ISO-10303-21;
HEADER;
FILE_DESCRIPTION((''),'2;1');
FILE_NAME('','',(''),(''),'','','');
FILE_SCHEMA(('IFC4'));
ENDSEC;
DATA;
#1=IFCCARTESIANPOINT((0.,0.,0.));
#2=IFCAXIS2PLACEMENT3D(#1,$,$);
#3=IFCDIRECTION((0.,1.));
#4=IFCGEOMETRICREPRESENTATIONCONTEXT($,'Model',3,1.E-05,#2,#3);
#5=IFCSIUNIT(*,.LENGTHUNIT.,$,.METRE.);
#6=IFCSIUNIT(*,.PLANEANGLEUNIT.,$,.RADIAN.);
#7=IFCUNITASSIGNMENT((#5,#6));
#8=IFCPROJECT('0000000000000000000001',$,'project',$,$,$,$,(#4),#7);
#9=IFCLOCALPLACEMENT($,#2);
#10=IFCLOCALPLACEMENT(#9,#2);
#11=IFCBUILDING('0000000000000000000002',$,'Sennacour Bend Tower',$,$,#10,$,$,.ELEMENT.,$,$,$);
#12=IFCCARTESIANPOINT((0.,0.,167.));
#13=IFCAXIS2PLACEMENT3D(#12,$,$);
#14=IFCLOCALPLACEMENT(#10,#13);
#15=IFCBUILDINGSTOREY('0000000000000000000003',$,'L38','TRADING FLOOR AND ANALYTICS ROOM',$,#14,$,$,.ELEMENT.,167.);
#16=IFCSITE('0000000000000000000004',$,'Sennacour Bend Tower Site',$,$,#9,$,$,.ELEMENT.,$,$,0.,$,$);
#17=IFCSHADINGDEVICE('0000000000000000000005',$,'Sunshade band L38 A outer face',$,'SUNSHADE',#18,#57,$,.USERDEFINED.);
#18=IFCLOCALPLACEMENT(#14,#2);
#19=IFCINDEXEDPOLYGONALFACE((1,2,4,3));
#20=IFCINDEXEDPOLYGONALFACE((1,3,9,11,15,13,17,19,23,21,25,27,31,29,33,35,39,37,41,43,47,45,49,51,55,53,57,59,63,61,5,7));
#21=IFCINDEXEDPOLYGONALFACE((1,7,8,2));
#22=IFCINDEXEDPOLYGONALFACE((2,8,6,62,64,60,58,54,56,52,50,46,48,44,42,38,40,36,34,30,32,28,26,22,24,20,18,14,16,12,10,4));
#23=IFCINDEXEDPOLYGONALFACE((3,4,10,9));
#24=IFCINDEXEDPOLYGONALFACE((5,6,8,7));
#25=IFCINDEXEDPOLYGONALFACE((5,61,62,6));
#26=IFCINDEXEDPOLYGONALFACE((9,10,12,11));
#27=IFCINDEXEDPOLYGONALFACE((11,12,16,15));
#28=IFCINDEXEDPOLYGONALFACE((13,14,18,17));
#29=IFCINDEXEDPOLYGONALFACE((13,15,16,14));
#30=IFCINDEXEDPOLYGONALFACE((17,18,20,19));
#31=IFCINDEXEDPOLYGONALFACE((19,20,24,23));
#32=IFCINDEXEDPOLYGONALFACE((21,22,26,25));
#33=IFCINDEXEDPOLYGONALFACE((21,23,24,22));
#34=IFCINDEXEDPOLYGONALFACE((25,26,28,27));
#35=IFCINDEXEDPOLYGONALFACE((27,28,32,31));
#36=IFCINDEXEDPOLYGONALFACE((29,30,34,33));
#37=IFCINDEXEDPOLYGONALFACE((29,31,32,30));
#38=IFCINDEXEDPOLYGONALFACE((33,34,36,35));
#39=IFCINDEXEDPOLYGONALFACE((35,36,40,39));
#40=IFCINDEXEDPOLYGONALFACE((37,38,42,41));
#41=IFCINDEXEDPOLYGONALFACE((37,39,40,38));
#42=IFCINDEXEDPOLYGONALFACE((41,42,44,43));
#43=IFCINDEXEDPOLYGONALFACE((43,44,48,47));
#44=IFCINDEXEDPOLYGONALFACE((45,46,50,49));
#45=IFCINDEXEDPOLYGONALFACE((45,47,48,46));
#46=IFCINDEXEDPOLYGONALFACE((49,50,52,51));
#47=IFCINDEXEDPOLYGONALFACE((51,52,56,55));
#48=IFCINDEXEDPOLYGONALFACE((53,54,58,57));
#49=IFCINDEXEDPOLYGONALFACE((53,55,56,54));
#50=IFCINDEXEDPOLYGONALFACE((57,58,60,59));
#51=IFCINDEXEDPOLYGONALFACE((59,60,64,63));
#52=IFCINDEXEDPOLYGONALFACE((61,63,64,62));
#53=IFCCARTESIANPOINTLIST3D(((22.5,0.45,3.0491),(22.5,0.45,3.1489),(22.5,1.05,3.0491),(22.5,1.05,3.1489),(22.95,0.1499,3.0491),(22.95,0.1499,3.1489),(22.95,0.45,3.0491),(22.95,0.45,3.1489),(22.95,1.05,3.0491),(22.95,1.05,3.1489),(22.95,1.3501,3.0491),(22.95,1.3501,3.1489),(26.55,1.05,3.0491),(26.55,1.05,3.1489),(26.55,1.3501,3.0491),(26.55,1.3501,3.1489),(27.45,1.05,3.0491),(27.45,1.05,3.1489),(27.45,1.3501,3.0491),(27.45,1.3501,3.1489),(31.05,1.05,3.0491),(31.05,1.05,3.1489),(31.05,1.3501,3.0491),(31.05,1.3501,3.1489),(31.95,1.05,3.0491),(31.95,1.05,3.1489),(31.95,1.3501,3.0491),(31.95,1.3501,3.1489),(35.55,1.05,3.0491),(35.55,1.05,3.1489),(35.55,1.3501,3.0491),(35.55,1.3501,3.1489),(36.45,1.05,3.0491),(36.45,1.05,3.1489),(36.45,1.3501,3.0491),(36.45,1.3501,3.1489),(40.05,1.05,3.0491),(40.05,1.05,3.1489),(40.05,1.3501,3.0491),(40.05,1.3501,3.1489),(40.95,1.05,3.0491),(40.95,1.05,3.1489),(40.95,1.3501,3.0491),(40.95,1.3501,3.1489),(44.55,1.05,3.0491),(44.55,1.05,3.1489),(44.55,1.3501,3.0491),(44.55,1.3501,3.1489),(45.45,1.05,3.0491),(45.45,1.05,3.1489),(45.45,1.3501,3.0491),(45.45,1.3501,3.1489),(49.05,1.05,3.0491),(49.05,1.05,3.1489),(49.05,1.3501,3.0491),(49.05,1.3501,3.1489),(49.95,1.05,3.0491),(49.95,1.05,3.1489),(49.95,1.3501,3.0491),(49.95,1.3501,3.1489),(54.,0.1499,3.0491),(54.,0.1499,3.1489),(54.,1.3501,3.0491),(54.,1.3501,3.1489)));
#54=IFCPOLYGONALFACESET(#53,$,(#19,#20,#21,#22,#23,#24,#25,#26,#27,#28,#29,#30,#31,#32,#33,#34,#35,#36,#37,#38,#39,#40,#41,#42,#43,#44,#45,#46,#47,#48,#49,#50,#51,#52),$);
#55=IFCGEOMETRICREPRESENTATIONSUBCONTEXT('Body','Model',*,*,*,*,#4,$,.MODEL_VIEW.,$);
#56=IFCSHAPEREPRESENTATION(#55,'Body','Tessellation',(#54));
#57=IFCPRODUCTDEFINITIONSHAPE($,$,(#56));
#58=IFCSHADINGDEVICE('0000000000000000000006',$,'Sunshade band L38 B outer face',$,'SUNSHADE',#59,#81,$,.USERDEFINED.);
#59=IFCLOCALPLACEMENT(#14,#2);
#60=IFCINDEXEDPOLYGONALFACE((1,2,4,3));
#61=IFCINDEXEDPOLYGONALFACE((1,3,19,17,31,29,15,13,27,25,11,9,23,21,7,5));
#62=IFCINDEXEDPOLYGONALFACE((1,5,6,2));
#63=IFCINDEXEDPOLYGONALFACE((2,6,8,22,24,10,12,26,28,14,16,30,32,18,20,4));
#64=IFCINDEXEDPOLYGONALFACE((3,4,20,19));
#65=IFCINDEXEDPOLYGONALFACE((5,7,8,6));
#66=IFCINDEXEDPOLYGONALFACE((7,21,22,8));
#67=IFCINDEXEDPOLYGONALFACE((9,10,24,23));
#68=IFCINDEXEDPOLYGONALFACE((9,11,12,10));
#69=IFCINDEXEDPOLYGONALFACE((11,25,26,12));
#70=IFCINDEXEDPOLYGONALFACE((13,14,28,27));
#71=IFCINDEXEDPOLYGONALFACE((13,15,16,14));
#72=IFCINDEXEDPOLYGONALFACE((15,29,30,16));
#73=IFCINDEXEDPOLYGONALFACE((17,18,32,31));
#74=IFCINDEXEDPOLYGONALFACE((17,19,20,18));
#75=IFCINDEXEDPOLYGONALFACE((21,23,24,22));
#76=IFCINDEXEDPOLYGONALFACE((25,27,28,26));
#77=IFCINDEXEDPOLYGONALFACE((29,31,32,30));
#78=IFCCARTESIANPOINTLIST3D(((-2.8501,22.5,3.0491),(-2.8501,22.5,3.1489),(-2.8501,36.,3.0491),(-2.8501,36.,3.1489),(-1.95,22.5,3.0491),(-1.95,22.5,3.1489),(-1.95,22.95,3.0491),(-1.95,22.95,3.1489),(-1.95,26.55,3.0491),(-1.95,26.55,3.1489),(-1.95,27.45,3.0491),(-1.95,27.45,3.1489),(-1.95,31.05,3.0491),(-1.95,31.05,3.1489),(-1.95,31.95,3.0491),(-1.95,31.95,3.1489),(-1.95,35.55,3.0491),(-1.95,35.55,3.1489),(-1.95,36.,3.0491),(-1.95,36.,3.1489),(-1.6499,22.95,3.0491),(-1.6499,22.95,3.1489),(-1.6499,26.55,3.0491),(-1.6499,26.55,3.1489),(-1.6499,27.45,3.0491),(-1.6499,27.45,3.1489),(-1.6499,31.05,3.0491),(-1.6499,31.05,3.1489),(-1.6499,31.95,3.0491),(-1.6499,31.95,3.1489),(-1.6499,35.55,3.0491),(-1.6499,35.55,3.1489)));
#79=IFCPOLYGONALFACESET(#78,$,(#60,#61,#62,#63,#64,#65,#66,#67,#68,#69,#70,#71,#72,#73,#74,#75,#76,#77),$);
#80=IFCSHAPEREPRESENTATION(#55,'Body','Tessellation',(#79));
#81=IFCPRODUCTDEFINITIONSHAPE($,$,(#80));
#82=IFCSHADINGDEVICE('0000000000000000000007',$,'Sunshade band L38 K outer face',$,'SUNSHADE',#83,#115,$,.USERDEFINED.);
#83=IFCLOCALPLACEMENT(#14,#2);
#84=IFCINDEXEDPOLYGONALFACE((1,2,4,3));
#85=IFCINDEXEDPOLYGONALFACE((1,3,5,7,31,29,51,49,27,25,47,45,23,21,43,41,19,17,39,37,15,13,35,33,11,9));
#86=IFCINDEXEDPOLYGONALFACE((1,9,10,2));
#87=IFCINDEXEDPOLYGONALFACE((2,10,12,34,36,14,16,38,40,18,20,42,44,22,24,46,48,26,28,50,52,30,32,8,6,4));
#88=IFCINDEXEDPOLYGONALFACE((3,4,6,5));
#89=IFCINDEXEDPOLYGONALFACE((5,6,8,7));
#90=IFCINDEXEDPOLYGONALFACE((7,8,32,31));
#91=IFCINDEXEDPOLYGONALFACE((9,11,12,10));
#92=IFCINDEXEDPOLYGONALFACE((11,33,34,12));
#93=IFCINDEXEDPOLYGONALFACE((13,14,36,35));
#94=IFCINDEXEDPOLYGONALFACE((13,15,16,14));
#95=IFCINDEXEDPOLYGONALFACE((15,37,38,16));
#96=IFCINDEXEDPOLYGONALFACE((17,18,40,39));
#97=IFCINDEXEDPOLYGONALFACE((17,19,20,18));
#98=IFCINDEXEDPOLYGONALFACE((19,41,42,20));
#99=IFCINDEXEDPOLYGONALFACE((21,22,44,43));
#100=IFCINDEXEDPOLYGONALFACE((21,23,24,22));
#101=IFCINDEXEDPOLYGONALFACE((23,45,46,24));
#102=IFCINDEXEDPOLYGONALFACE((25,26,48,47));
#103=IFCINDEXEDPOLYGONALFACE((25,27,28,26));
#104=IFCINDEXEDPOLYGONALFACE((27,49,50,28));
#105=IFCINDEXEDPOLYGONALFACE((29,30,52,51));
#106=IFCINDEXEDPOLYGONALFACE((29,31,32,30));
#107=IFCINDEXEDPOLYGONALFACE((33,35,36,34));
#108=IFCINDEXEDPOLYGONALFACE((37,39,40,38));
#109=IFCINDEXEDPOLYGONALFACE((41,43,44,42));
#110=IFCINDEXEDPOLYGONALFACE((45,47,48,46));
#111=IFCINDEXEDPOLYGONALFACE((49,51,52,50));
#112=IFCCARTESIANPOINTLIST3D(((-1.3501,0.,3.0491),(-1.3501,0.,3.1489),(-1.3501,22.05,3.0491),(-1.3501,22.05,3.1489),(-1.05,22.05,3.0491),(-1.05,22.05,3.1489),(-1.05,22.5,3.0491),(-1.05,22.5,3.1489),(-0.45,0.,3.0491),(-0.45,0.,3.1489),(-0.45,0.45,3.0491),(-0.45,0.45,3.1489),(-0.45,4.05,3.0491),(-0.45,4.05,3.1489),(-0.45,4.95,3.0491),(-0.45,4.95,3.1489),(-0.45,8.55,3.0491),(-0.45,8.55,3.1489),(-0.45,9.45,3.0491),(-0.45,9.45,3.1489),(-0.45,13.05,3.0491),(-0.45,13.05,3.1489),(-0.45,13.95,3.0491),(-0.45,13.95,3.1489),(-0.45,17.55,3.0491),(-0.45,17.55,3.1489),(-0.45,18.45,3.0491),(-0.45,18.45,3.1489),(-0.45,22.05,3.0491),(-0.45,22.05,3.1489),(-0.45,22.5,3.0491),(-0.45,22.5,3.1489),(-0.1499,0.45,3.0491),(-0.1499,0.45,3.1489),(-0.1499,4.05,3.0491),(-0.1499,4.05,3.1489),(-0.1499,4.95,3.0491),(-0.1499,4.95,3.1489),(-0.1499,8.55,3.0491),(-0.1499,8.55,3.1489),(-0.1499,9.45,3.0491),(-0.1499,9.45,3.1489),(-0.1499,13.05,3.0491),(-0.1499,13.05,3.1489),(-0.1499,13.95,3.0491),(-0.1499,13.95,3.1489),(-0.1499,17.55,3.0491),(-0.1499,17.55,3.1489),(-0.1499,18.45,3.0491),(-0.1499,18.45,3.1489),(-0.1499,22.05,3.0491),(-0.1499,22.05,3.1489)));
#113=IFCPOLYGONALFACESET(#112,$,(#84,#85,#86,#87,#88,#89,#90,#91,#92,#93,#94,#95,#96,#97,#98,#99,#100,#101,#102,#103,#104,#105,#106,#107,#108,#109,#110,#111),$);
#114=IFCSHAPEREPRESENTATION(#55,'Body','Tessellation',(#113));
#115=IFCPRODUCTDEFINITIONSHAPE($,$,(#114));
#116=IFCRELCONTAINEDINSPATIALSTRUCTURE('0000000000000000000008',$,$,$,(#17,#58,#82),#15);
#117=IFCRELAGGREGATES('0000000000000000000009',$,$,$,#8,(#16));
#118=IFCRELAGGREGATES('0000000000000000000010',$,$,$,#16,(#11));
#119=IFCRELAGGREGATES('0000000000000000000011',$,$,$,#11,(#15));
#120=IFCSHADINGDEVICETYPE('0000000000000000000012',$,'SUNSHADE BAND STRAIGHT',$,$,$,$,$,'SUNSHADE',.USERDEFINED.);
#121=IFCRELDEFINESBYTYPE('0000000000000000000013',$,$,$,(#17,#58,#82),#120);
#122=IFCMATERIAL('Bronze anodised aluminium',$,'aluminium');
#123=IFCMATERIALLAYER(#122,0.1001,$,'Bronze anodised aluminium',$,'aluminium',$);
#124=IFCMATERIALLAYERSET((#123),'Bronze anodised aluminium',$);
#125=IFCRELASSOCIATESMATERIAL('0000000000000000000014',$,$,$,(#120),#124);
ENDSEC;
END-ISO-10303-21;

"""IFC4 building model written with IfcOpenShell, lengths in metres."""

from ifc_helpers import new_model, si_unit, direction, frame, origin, place, context, subcontext, project, spatial, polyline, outline, extrude, material, layer, layer_set, type_object, element, save


model = new_model("IFC4")

# Units and contexts
model_context = context("Model", 3, precision=1e-05, world=origin(), true_north=direction((0.0, 1.0)))
body_context = subcontext(model_context, "Body", "Model", "MODEL_VIEW")
ifc_project = project(units=[si_unit("LENGTHUNIT", "METRE"), si_unit("PLANEANGLEUNIT", "RADIAN")], contexts=[model_context])

# Site, building, storey
site_placement = place(None, origin())
site = spatial("IfcSite", under=ifc_project, at=site_placement, Name="Sennacour Bend Tower Site", CompositionType="ELEMENT", RefElevation=0.0)
building_placement = place(site_placement, origin())
building = spatial("IfcBuilding", under=site, at=building_placement, Name="Sennacour Bend Tower", CompositionType="ELEMENT")
storey_placement = place(building_placement, frame((0.0, 0.0, 167.0)))
storey = spatial("IfcBuildingStorey", under=building, at=storey_placement, Name="L38", Description="TRADING FLOOR AND ANALYTICS ROOM", CompositionType="ELEMENT", Elevation=167.0)

# Shading devices
ifc_material_1 = material(Name="Bronze anodised aluminium", Category="aluminium")
ifc_layer_1 = layer(ifc_material_1, 0.1001, Name="Bronze anodised aluminium", Category="aluminium")
ifc_layer_set_1 = layer_set([ifc_layer_1], Name="Bronze anodised aluminium")
shading_device_type_1 = type_object("IfcShadingDeviceType", Name="SUNSHADE BAND STRAIGHT", ElementType="SUNSHADE", PredefinedType="USERDEFINED", material=ifc_layer_set_1)
shading_device_1_placement = place(storey_placement, frame((0.0, 0.0, 3.0491)))
element("IfcShadingDevice", 1, at=shading_device_1_placement, inside=storey, type_object=shading_device_type_1, Name="Sunshade band L38 A outer face", ObjectType="SUNSHADE", PredefinedType="USERDEFINED", context=body_context, shape_type="SweptSolid", body=[
    extrude(outline(polyline([(26.55, 1.3501), (26.55, 1.05), (27.45, 1.05), (27.45, 1.3501), (31.05, 1.3501), (31.05, 1.05), (31.95, 1.05), (31.95, 1.3501), (35.55, 1.3501), (35.55, 1.05), (36.45, 1.05), (36.45, 1.3501), (40.05, 1.3501), (40.05, 1.05), (40.95, 1.05), (40.95, 1.3501), (44.55, 1.3501), (44.55, 1.05), (45.45, 1.05), (45.45, 1.3501), (49.05, 1.3501), (49.05, 1.05), (49.95, 1.05), (49.95, 1.3501), (54.0, 1.3501), (54.0, 0.1499), (22.95, 0.1499), (22.95, 0.45), (22.5, 0.45), (22.5, 1.05), (22.95, 1.05), (22.95, 1.3501), (26.55, 1.3501)])), origin(), (0.0, 0.0, 1.0), 0.0999),
])
shading_device_2_placement = place(storey_placement, frame((0.0, 0.0, 3.0491)))
element("IfcShadingDevice", 2, at=shading_device_2_placement, inside=storey, type_object=shading_device_type_1, Name="Sunshade band L38 B outer face", ObjectType="SUNSHADE", PredefinedType="USERDEFINED", context=body_context, shape_type="SweptSolid", body=[
    extrude(outline(polyline([(-1.6499, 31.95), (-1.95, 31.95), (-1.95, 31.05), (-1.6499, 31.05), (-1.6499, 27.45), (-1.95, 27.45), (-1.95, 26.55), (-1.6499, 26.55), (-1.6499, 22.95), (-1.95, 22.95), (-1.95, 22.5), (-2.8501, 22.5), (-2.8501, 36.0), (-1.95, 36.0), (-1.95, 35.55), (-1.6499, 35.55), (-1.6499, 31.95)])), origin(), (0.0, 0.0, 1.0), 0.0999),
])
shading_device_3_placement = place(storey_placement, frame((0.0, 0.0, 3.0491)))
element("IfcShadingDevice", 3, at=shading_device_3_placement, inside=storey, type_object=shading_device_type_1, Name="Sunshade band L38 K outer face", ObjectType="SUNSHADE", PredefinedType="USERDEFINED", context=body_context, shape_type="SweptSolid", body=[
    extrude(outline(polyline([(-0.1499, 18.45), (-0.45, 18.45), (-0.45, 17.55), (-0.1499, 17.55), (-0.1499, 13.95), (-0.45, 13.95), (-0.45, 13.05), (-0.1499, 13.05), (-0.1499, 9.45), (-0.45, 9.45), (-0.45, 8.55), (-0.1499, 8.55), (-0.1499, 4.95), (-0.45, 4.95), (-0.45, 4.05), (-0.1499, 4.05), (-0.1499, 0.45), (-0.45, 0.45), (-0.45, 0.0), (-1.3501, 0.0), (-1.3501, 22.05), (-1.05, 22.05), (-1.05, 22.5), (-0.45, 22.5), (-0.45, 22.05), (-0.1499, 22.05), (-0.1499, 18.45)])), origin(), (0.0, 0.0, 1.0), 0.0999),
])

save(model, "model.ifc")
